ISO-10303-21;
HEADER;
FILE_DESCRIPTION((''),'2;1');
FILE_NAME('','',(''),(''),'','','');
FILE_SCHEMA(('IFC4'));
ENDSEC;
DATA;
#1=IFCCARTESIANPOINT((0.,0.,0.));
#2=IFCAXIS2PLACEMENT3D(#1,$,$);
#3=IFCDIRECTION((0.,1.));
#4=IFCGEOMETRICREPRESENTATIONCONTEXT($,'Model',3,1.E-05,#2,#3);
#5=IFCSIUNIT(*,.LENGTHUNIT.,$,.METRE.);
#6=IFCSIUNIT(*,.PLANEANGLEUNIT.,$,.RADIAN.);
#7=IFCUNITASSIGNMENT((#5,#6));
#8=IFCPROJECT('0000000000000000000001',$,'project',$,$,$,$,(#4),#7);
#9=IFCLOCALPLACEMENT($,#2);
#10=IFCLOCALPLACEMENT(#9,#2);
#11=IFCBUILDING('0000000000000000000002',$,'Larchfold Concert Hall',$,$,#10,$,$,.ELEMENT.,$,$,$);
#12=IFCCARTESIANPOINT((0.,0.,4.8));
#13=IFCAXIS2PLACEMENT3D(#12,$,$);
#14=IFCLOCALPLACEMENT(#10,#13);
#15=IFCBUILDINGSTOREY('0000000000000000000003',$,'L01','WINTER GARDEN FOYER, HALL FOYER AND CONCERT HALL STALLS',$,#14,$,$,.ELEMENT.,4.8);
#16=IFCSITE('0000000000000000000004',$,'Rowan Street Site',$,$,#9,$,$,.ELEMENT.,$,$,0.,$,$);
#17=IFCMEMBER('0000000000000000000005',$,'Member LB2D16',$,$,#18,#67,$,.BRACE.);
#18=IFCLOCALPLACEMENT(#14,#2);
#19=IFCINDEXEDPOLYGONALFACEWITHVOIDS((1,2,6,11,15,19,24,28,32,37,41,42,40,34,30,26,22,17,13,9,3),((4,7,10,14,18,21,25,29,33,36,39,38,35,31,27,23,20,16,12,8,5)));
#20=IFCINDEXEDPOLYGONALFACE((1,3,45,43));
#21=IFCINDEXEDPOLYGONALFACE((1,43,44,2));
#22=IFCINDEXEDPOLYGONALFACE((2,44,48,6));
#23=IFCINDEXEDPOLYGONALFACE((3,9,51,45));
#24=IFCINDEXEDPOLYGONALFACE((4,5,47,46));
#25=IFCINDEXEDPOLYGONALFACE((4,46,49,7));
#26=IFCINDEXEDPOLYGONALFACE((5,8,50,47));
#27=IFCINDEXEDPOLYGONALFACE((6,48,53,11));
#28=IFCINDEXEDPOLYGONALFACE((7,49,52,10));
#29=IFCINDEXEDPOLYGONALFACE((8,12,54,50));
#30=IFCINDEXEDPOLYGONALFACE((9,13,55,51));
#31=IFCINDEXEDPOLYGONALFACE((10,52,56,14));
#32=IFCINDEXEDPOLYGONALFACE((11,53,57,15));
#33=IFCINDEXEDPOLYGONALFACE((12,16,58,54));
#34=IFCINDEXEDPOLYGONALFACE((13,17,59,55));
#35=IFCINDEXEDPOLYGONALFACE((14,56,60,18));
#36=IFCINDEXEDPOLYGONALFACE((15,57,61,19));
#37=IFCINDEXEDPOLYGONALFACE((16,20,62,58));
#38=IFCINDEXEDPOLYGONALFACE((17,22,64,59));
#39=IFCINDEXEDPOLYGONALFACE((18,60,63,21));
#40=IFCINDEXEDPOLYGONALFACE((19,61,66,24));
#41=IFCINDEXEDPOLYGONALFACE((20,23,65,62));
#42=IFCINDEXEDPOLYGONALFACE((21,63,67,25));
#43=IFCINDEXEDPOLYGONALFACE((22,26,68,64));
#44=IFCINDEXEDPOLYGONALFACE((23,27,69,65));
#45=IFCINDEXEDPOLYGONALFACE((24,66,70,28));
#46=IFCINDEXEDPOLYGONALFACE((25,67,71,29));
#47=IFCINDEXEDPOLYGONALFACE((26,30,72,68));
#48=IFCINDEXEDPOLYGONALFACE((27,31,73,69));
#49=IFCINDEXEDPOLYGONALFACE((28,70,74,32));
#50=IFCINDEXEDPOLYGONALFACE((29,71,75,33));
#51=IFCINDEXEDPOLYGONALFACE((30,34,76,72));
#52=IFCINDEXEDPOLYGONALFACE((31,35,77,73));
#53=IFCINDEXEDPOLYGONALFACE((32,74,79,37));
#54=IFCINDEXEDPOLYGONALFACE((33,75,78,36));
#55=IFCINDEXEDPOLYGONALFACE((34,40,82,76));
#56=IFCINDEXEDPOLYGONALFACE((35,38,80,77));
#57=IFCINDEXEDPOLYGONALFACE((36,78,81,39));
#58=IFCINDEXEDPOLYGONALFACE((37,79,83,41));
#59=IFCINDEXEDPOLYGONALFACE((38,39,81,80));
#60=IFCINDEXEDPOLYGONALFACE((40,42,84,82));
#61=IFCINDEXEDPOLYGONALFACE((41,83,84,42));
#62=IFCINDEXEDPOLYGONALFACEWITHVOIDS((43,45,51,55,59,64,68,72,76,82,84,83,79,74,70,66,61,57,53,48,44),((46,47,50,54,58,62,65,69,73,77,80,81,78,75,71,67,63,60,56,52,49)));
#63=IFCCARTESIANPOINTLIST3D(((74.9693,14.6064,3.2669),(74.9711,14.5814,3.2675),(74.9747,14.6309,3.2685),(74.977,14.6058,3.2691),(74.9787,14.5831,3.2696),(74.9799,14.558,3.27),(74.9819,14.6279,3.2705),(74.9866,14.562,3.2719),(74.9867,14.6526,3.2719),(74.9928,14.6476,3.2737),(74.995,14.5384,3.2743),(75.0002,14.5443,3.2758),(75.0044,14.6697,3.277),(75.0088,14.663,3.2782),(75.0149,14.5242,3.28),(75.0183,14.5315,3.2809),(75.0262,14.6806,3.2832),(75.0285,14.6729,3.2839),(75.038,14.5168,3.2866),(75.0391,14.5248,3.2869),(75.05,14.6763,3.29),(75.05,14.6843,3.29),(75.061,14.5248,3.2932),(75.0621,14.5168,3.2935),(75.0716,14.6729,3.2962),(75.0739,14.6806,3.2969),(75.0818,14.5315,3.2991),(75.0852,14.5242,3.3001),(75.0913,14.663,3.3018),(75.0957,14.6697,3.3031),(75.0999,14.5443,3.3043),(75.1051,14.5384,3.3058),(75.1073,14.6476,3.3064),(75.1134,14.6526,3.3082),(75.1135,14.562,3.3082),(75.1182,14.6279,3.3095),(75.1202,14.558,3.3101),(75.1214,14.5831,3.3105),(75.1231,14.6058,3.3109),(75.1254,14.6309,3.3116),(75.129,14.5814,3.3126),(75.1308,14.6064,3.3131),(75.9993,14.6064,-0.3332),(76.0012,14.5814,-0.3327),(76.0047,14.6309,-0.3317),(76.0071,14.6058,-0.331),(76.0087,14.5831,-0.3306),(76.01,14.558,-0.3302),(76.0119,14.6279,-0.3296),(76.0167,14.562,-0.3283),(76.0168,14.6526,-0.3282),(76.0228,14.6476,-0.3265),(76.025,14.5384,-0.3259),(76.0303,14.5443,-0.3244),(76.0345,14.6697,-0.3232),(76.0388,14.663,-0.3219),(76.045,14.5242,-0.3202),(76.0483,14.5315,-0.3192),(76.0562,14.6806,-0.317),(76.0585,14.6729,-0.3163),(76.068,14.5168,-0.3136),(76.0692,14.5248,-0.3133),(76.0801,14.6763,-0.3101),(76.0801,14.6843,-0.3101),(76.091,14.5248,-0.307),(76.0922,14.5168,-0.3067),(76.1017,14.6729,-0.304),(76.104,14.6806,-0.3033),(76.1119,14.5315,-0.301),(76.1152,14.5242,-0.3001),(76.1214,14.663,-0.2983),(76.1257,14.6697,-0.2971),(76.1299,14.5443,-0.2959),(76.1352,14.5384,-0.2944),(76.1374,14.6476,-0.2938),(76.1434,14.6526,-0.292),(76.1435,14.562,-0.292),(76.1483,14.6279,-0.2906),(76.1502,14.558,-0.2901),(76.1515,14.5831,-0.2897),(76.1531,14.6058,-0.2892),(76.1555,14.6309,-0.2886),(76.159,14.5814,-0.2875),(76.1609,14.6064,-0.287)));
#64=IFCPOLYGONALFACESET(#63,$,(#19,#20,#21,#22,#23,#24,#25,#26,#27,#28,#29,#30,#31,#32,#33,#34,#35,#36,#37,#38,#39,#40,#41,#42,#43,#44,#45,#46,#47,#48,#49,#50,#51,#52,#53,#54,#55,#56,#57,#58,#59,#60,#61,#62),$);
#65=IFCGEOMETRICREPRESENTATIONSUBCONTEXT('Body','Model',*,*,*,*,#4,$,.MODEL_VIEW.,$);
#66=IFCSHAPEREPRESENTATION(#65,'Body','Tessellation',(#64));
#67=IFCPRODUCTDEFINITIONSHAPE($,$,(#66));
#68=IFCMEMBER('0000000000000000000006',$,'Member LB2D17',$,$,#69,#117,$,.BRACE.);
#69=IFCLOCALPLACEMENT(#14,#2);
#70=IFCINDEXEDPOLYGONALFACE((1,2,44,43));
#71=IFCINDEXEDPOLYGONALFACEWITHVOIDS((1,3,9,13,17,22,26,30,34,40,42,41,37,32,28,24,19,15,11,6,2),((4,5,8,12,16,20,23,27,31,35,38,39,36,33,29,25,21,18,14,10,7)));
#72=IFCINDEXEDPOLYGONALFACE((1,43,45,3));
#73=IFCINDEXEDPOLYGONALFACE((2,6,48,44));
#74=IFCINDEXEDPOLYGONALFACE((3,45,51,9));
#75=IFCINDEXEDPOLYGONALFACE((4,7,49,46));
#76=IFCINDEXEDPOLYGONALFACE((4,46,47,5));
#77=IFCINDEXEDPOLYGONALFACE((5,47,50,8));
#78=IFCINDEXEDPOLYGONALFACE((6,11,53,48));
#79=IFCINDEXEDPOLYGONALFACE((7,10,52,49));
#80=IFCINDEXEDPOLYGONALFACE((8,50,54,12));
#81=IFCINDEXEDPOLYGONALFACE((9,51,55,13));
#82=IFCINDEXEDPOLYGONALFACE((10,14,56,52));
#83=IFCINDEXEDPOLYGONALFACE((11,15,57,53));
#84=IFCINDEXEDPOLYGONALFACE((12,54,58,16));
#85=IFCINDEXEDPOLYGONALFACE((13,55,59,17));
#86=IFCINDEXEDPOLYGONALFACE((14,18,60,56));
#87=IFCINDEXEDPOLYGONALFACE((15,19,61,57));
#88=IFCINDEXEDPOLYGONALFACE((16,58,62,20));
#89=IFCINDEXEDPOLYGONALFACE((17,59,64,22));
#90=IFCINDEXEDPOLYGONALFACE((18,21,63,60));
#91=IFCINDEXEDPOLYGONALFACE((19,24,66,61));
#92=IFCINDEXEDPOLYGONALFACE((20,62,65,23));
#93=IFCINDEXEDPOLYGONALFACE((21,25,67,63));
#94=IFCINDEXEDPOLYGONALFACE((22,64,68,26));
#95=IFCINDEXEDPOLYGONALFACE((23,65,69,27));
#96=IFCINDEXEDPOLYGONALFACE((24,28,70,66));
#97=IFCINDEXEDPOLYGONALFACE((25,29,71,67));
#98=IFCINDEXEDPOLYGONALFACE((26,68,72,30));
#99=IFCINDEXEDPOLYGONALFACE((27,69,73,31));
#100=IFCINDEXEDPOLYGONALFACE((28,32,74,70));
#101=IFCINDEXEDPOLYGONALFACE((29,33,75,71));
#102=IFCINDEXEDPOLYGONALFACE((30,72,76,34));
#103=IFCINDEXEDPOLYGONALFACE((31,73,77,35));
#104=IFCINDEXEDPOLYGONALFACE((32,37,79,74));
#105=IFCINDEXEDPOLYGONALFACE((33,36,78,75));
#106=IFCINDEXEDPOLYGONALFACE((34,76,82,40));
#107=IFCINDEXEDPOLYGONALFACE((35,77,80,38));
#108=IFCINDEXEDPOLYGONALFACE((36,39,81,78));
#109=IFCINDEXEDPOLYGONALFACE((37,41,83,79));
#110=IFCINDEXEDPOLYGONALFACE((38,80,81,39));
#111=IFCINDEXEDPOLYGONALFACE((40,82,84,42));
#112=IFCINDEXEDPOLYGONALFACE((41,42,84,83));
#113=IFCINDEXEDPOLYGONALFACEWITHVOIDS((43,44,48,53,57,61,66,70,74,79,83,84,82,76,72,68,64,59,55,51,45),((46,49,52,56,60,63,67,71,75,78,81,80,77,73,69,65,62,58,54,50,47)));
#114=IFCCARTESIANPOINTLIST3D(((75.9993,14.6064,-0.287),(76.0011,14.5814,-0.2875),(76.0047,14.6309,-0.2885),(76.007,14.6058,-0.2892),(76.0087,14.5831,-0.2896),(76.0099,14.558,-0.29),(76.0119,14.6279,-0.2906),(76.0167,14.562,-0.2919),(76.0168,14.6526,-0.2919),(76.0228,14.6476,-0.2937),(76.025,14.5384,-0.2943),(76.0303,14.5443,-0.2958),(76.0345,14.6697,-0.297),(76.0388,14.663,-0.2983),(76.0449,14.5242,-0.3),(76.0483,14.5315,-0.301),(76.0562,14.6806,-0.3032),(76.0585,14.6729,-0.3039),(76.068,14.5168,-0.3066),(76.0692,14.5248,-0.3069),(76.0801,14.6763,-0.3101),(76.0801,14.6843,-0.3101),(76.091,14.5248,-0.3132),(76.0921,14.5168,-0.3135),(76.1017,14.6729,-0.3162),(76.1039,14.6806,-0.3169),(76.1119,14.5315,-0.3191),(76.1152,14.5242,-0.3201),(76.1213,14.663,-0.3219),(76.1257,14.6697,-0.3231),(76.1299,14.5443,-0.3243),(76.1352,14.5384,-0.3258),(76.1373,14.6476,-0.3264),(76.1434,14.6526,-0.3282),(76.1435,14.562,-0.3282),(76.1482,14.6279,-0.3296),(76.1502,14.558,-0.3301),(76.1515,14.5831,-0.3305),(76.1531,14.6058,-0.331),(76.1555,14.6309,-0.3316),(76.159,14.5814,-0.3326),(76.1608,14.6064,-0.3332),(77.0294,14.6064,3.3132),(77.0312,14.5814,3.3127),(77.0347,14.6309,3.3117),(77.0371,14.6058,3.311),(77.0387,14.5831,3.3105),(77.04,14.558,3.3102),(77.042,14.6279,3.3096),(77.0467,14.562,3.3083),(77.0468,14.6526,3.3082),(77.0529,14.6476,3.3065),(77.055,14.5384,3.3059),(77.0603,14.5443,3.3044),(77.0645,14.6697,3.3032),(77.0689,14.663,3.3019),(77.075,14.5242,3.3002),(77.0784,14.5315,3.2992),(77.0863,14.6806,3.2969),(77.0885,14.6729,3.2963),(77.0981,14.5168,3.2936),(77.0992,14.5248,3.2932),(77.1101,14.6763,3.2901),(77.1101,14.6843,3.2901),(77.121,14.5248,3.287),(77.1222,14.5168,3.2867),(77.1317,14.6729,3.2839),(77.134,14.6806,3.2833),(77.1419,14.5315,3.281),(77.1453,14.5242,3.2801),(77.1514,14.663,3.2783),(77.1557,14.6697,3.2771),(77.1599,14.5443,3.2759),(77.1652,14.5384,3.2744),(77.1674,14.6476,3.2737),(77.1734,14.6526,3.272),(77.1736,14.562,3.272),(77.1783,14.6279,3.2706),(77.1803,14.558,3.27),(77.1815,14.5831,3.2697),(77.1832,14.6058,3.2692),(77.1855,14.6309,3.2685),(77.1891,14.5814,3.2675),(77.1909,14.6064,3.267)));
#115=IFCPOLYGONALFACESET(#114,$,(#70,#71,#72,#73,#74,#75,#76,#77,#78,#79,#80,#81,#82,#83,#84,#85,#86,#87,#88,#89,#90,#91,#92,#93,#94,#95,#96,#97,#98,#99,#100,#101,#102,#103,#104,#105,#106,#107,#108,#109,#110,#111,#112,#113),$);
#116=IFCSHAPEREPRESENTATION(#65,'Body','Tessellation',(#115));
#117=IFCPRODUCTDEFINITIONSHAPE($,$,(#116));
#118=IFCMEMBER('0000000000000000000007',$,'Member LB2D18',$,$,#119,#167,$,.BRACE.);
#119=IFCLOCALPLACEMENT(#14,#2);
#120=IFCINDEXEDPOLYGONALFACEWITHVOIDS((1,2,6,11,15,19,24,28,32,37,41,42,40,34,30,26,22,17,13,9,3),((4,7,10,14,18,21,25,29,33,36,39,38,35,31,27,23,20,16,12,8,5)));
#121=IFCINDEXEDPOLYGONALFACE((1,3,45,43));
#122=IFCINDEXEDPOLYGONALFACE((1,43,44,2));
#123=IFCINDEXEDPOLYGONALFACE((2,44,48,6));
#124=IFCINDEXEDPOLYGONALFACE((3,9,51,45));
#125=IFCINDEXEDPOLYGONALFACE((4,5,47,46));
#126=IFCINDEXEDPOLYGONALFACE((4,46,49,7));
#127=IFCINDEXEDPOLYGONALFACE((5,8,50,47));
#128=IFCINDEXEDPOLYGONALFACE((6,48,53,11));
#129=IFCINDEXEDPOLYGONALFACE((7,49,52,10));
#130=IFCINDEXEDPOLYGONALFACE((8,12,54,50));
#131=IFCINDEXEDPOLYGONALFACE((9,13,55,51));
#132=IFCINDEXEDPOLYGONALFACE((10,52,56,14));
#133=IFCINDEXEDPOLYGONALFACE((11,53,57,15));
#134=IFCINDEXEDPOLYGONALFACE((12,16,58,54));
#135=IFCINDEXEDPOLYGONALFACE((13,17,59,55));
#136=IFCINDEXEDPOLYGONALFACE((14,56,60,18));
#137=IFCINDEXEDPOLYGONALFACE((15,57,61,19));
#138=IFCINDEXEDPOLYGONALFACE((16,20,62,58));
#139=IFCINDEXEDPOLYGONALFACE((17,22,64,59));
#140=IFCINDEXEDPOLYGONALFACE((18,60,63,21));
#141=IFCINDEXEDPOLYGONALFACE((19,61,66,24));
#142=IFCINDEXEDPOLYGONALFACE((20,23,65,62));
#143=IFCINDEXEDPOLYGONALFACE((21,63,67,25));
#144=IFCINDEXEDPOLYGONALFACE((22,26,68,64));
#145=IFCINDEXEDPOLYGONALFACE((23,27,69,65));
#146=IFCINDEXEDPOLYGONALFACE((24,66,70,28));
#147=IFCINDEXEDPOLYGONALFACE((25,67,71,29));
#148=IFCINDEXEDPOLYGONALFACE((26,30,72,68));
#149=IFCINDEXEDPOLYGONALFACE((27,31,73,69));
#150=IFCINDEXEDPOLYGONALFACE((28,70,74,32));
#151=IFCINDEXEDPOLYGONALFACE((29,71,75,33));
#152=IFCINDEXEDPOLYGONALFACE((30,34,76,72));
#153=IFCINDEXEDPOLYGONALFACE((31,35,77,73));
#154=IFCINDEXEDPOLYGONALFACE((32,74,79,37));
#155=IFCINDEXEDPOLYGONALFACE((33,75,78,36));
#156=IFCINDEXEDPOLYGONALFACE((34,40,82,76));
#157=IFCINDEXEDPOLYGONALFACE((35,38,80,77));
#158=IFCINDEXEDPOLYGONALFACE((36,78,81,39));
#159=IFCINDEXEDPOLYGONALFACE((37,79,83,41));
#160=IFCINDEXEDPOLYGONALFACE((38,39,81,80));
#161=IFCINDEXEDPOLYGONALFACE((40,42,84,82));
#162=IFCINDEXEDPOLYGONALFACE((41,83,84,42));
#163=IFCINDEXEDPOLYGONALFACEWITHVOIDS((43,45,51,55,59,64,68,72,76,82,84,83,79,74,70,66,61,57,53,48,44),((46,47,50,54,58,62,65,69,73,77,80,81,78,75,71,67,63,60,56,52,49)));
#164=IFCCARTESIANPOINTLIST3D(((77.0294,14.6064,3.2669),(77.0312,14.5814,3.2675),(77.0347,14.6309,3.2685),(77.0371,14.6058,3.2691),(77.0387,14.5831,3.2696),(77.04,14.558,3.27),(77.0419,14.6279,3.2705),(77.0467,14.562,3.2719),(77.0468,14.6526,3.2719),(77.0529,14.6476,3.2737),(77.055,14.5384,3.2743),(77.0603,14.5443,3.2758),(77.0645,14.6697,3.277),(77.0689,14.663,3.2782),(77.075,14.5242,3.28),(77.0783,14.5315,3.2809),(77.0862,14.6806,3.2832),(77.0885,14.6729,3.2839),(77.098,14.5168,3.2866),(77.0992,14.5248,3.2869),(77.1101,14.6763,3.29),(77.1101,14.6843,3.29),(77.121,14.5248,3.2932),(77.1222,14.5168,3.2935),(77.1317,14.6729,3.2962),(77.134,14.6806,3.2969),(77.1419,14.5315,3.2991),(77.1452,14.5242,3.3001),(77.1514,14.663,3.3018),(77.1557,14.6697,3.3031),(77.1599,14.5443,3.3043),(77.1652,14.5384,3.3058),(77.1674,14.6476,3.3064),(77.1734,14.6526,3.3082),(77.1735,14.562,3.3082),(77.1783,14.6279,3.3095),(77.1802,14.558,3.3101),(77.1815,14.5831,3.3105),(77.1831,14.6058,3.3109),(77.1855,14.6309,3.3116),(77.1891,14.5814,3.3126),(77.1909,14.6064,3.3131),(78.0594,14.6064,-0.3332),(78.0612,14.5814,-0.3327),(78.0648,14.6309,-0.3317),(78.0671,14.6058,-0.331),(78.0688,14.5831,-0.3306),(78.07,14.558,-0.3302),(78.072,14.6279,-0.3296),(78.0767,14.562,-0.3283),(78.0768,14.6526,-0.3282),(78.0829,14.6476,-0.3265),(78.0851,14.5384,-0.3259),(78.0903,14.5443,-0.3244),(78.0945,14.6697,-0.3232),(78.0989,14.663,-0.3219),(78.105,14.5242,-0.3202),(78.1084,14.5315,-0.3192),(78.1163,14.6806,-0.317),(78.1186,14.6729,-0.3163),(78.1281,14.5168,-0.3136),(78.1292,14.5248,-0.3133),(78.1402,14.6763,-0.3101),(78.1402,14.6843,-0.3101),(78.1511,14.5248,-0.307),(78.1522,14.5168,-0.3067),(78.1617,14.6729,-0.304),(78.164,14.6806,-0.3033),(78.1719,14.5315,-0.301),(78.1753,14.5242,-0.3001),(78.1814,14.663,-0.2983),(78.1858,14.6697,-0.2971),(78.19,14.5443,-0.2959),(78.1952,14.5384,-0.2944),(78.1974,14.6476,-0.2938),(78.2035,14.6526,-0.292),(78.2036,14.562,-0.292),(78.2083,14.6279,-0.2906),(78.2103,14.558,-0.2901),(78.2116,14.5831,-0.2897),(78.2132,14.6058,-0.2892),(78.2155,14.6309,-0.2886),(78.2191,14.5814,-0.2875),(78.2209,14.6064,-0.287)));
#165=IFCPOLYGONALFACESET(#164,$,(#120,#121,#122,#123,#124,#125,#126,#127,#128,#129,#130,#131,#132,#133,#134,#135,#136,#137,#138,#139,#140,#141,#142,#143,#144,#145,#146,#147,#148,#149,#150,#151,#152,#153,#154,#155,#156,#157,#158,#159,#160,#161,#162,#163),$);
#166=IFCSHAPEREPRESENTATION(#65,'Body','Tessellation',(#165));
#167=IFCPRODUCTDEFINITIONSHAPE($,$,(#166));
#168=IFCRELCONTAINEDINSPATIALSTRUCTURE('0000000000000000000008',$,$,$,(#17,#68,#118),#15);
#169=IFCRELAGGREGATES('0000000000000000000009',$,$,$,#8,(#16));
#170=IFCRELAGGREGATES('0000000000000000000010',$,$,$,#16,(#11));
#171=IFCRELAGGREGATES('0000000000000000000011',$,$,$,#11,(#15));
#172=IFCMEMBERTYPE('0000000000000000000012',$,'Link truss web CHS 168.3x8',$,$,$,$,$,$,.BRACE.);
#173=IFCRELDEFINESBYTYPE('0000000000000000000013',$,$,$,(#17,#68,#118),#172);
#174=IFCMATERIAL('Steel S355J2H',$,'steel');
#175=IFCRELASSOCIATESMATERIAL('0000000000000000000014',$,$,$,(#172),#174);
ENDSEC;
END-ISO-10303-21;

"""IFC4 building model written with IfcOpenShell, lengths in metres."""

from ifc_helpers import new_model, si_unit, direction, frame, origin, origin_2d, place, context, subcontext, project, spatial, hollow_circle, extrude, material, material_profile, profile_set, type_object, element, save


model = new_model("IFC4")

# Units and contexts
model_context = context("Model", 3, precision=1e-05, world=origin(), true_north=direction((0.0, 1.0)))
body_context = subcontext(model_context, "Body", "Model", "MODEL_VIEW")
ifc_project = project(units=[si_unit("LENGTHUNIT", "METRE"), si_unit("PLANEANGLEUNIT", "RADIAN")], contexts=[model_context])

# Site, building, storey
site_placement = place(None, origin())
site = spatial("IfcSite", under=ifc_project, at=site_placement, Name="Rowan Street Site", CompositionType="ELEMENT", RefElevation=0.0)
building_placement = place(site_placement, origin())
building = spatial("IfcBuilding", under=site, at=building_placement, Name="Larchfold Concert Hall", CompositionType="ELEMENT")
storey_placement = place(building_placement, frame((0.0, 0.0, 4.8)))
storey = spatial("IfcBuildingStorey", under=building, at=storey_placement, Name="L01", Description="WINTER GARDEN FOYER, HALL FOYER AND CONCERT HALL STALLS", CompositionType="ELEMENT", Elevation=4.8)

# Members
ifc_material_1 = material(Name="Steel S355J2H", Category="steel")
ifc_material_profile_1 = material_profile(ifc_material_1, hollow_circle(Radius=0.0842, WallThickness=0.0081, at=origin_2d()))
ifc_profile_set_1 = profile_set([ifc_material_profile_1], Name="Steel S355J2H")
member_type_1 = type_object("IfcMemberType", Name="Link truss web CHS 168.3x8", PredefinedType="BRACE", material=ifc_profile_set_1)
for number, where, z_axis, x_axis, name in (
    (1, (75.05, 14.6001, 3.29), (0.275074, 0.0, -0.961423), (0.0, 1.0, 0.0), "Member LB2D16"),
    (2, (76.0801, 14.6001, -0.3101), (0.275074, 0.0, 0.961423), (0.0, 1.0, 0.0), "Member LB2D17"),
    (3, (77.1101, 14.6001, 3.29), (0.275074, 0.0, -0.961423), (0.0, 1.0, 0.0), "Member LB2D18"),
):
    element("IfcMember", number, at=place(storey_placement, frame(where, z_axis=z_axis, x_axis=x_axis)), inside=storey, type_object=member_type_1, Name=name, PredefinedType="BRACE", context=body_context, shape_type="SweptSolid", body=[
        extrude(hollow_circle(Radius=0.0842, WallThickness=0.0081, at=origin_2d()), origin(), (0.0, 0.0, 1.0), 3.7446),
    ])

save(model, "model.ifc")
